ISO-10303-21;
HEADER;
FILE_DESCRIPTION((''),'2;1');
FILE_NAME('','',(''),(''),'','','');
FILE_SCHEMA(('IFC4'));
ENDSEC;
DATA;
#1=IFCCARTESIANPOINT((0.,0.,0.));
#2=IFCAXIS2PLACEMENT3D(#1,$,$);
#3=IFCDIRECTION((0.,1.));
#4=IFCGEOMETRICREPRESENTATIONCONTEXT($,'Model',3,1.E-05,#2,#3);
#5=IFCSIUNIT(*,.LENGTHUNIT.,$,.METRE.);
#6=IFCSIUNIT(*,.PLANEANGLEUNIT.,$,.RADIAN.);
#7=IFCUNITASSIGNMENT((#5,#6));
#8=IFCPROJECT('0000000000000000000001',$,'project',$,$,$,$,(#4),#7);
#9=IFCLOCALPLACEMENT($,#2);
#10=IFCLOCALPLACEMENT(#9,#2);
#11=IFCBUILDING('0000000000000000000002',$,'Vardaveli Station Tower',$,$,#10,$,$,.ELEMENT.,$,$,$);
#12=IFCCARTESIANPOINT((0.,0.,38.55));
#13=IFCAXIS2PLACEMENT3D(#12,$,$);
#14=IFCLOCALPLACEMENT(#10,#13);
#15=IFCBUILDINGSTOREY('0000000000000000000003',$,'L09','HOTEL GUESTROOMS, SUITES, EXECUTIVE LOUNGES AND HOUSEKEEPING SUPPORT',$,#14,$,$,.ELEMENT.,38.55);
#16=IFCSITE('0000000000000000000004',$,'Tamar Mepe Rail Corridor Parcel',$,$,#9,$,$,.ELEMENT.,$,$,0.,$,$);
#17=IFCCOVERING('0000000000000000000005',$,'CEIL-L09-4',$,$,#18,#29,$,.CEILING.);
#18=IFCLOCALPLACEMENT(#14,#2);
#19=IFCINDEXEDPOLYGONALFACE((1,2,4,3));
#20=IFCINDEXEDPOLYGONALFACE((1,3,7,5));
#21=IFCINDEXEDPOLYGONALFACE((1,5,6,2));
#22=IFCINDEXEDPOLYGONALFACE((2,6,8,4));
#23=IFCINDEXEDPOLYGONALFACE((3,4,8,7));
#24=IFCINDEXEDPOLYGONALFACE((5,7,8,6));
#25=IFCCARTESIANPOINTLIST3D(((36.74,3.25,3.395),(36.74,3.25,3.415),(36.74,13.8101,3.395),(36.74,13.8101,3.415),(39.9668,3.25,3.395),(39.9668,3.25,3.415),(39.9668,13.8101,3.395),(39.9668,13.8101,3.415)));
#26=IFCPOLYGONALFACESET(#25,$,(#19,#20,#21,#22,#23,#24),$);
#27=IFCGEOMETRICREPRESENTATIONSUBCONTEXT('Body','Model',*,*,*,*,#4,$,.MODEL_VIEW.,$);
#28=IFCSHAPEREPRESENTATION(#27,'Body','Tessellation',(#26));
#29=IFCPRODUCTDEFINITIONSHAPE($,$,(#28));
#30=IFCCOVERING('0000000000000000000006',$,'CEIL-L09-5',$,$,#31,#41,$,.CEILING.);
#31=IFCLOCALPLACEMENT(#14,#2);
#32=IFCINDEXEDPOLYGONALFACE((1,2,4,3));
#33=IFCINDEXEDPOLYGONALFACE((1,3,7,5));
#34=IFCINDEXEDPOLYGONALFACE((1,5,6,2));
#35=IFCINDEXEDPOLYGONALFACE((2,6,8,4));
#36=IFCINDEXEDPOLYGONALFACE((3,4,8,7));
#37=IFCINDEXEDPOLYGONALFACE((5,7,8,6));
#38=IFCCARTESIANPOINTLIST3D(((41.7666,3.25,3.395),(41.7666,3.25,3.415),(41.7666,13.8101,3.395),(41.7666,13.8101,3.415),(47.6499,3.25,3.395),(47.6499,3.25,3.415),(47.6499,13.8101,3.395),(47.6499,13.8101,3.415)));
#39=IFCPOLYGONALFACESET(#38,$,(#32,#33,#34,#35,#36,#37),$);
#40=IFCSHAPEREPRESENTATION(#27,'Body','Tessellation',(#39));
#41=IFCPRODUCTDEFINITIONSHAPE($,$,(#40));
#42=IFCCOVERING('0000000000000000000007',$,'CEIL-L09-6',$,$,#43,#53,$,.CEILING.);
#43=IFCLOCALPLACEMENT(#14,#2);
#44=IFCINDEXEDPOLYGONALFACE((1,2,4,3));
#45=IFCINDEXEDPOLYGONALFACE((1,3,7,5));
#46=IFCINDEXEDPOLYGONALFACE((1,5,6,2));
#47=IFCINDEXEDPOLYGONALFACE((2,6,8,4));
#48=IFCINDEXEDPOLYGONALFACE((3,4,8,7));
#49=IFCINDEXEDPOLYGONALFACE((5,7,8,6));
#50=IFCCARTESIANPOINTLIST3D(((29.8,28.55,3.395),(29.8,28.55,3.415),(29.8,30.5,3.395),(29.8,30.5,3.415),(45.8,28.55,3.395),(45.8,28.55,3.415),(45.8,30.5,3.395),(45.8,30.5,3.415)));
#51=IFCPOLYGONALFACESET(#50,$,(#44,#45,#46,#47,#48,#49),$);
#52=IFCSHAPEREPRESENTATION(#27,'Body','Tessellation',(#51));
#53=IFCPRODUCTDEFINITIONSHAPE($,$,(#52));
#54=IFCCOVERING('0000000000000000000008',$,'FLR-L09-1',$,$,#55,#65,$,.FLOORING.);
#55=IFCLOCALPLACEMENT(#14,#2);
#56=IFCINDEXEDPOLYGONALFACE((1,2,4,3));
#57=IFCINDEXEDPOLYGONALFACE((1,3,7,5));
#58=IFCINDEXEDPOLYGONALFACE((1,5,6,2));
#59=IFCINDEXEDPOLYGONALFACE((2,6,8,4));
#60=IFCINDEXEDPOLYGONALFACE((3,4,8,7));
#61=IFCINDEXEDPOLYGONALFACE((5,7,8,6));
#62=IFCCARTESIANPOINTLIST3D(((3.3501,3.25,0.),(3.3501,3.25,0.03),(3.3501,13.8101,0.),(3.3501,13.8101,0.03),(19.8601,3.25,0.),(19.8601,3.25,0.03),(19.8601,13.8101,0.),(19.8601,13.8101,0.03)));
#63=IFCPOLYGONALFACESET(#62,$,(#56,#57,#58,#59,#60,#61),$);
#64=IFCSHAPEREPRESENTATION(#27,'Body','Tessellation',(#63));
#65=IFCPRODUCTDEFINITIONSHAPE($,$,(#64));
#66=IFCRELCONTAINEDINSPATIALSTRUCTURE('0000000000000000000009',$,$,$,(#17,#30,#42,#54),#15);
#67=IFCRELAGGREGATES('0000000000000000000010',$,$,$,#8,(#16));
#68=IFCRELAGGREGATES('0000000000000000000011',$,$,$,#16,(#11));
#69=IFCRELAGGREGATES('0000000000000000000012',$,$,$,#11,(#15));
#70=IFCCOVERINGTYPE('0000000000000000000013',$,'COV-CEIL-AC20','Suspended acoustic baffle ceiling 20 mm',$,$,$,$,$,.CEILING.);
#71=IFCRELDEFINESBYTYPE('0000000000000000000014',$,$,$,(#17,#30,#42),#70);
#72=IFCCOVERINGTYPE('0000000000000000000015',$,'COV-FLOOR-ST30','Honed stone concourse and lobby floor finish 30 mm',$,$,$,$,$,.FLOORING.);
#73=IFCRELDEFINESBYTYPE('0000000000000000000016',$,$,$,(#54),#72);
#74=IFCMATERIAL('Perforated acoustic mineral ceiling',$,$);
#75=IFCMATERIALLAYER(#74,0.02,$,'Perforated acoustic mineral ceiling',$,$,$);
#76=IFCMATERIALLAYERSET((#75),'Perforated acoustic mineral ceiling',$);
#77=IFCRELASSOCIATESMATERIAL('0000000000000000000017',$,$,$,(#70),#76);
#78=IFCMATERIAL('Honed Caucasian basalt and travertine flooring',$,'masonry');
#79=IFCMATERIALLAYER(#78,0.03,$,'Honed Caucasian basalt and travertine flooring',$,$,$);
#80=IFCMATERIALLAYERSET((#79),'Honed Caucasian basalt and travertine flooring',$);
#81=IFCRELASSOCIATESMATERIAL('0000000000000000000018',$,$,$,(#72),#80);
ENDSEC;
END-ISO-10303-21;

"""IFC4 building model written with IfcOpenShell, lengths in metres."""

from ifc_helpers import new_model, si_unit, direction, frame, origin, place, context, subcontext, project, spatial, polyline, outline, extrude, material, layer, layer_set, type_object, element, save


model = new_model("IFC4")

# Units and contexts
model_context = context("Model", 3, precision=1e-05, world=origin(), true_north=direction((0.0, 1.0)))
body_context = subcontext(model_context, "Body", "Model", "MODEL_VIEW")
ifc_project = project(units=[si_unit("LENGTHUNIT", "METRE"), si_unit("PLANEANGLEUNIT", "RADIAN")], contexts=[model_context])

# Site, building, storey
site_placement = place(None, origin())
site = spatial("IfcSite", under=ifc_project, at=site_placement, Name="Tamar Mepe Rail Corridor Parcel", CompositionType="ELEMENT", RefElevation=0.0)
building_placement = place(site_placement, origin())
building = spatial("IfcBuilding", under=site, at=building_placement, Name="Vardaveli Station Tower", CompositionType="ELEMENT")
storey_placement = place(building_placement, frame((0.0, 0.0, 38.55)))
storey = spatial("IfcBuildingStorey", under=building, at=storey_placement, Name="L09", Description="HOTEL GUESTROOMS, SUITES, EXECUTIVE LOUNGES AND HOUSEKEEPING SUPPORT", CompositionType="ELEMENT", Elevation=38.55)

# Coverings
ifc_material_1 = material(Name="Perforated acoustic mineral ceiling")
ifc_layer_1 = layer(ifc_material_1, 0.02, Name="Perforated acoustic mineral ceiling")
ifc_layer_set_1 = layer_set([ifc_layer_1], Name="Perforated acoustic mineral ceiling")
covering_type_1 = type_object("IfcCoveringType", Name="COV-CEIL-AC20", Description="Suspended acoustic baffle ceiling 20 mm", PredefinedType="CEILING", material=ifc_layer_set_1)
covering_1_placement = place(storey_placement, frame((0.0, 0.0, 3.395)))
element("IfcCovering", 1, at=covering_1_placement, inside=storey, type_object=covering_type_1, Name="CEIL-L09-4", PredefinedType="CEILING", context=body_context, shape_type="SweptSolid", body=[
    extrude(outline(polyline([(36.74, 3.25), (39.9668, 3.25), (39.9668, 13.8101), (36.74, 13.8101), (36.74, 3.25)])), origin(), (0.0, 0.0, 1.0), 0.02),
])
covering_2_placement = place(storey_placement, frame((0.0, 0.0, 3.395)))
element("IfcCovering", 2, at=covering_2_placement, inside=storey, type_object=covering_type_1, Name="CEIL-L09-5", PredefinedType="CEILING", context=body_context, shape_type="SweptSolid", body=[
    extrude(outline(polyline([(41.7666, 3.25), (47.6499, 3.25), (47.6499, 13.8101), (41.7666, 13.8101), (41.7666, 3.25)])), origin(), (0.0, 0.0, 1.0), 0.02),
])
covering_3_placement = place(storey_placement, frame((0.0, 0.0, 3.395)))
element("IfcCovering", 3, at=covering_3_placement, inside=storey, type_object=covering_type_1, Name="CEIL-L09-6", PredefinedType="CEILING", context=body_context, shape_type="SweptSolid", body=[
    extrude(outline(polyline([(29.8, 28.55), (45.8, 28.55), (45.8, 30.5), (29.8, 30.5), (29.8, 28.55)])), origin(), (0.0, 0.0, 1.0), 0.02),
])
ifc_material_2 = material(Name="Honed Caucasian basalt and travertine flooring", Category="masonry")
ifc_layer_2 = layer(ifc_material_2, 0.03, Name="Honed Caucasian basalt and travertine flooring")
ifc_layer_set_2 = layer_set([ifc_layer_2], Name="Honed Caucasian basalt and travertine flooring")
covering_type_2 = type_object("IfcCoveringType", Name="COV-FLOOR-ST30", Description="Honed stone concourse and lobby floor finish 30 mm", PredefinedType="FLOORING", material=ifc_layer_set_2)
covering_4_placement = place(storey_placement, origin())
element("IfcCovering", 4, at=covering_4_placement, inside=storey, type_object=covering_type_2, Name="FLR-L09-1", PredefinedType="FLOORING", context=body_context, shape_type="SweptSolid", body=[
    extrude(outline(polyline([(3.3501, 3.25), (19.8601, 3.25), (19.8601, 13.8101), (3.3501, 13.8101), (3.3501, 3.25)])), origin(), (0.0, 0.0, 1.0), 0.03),
])

save(model, "model.ifc")
